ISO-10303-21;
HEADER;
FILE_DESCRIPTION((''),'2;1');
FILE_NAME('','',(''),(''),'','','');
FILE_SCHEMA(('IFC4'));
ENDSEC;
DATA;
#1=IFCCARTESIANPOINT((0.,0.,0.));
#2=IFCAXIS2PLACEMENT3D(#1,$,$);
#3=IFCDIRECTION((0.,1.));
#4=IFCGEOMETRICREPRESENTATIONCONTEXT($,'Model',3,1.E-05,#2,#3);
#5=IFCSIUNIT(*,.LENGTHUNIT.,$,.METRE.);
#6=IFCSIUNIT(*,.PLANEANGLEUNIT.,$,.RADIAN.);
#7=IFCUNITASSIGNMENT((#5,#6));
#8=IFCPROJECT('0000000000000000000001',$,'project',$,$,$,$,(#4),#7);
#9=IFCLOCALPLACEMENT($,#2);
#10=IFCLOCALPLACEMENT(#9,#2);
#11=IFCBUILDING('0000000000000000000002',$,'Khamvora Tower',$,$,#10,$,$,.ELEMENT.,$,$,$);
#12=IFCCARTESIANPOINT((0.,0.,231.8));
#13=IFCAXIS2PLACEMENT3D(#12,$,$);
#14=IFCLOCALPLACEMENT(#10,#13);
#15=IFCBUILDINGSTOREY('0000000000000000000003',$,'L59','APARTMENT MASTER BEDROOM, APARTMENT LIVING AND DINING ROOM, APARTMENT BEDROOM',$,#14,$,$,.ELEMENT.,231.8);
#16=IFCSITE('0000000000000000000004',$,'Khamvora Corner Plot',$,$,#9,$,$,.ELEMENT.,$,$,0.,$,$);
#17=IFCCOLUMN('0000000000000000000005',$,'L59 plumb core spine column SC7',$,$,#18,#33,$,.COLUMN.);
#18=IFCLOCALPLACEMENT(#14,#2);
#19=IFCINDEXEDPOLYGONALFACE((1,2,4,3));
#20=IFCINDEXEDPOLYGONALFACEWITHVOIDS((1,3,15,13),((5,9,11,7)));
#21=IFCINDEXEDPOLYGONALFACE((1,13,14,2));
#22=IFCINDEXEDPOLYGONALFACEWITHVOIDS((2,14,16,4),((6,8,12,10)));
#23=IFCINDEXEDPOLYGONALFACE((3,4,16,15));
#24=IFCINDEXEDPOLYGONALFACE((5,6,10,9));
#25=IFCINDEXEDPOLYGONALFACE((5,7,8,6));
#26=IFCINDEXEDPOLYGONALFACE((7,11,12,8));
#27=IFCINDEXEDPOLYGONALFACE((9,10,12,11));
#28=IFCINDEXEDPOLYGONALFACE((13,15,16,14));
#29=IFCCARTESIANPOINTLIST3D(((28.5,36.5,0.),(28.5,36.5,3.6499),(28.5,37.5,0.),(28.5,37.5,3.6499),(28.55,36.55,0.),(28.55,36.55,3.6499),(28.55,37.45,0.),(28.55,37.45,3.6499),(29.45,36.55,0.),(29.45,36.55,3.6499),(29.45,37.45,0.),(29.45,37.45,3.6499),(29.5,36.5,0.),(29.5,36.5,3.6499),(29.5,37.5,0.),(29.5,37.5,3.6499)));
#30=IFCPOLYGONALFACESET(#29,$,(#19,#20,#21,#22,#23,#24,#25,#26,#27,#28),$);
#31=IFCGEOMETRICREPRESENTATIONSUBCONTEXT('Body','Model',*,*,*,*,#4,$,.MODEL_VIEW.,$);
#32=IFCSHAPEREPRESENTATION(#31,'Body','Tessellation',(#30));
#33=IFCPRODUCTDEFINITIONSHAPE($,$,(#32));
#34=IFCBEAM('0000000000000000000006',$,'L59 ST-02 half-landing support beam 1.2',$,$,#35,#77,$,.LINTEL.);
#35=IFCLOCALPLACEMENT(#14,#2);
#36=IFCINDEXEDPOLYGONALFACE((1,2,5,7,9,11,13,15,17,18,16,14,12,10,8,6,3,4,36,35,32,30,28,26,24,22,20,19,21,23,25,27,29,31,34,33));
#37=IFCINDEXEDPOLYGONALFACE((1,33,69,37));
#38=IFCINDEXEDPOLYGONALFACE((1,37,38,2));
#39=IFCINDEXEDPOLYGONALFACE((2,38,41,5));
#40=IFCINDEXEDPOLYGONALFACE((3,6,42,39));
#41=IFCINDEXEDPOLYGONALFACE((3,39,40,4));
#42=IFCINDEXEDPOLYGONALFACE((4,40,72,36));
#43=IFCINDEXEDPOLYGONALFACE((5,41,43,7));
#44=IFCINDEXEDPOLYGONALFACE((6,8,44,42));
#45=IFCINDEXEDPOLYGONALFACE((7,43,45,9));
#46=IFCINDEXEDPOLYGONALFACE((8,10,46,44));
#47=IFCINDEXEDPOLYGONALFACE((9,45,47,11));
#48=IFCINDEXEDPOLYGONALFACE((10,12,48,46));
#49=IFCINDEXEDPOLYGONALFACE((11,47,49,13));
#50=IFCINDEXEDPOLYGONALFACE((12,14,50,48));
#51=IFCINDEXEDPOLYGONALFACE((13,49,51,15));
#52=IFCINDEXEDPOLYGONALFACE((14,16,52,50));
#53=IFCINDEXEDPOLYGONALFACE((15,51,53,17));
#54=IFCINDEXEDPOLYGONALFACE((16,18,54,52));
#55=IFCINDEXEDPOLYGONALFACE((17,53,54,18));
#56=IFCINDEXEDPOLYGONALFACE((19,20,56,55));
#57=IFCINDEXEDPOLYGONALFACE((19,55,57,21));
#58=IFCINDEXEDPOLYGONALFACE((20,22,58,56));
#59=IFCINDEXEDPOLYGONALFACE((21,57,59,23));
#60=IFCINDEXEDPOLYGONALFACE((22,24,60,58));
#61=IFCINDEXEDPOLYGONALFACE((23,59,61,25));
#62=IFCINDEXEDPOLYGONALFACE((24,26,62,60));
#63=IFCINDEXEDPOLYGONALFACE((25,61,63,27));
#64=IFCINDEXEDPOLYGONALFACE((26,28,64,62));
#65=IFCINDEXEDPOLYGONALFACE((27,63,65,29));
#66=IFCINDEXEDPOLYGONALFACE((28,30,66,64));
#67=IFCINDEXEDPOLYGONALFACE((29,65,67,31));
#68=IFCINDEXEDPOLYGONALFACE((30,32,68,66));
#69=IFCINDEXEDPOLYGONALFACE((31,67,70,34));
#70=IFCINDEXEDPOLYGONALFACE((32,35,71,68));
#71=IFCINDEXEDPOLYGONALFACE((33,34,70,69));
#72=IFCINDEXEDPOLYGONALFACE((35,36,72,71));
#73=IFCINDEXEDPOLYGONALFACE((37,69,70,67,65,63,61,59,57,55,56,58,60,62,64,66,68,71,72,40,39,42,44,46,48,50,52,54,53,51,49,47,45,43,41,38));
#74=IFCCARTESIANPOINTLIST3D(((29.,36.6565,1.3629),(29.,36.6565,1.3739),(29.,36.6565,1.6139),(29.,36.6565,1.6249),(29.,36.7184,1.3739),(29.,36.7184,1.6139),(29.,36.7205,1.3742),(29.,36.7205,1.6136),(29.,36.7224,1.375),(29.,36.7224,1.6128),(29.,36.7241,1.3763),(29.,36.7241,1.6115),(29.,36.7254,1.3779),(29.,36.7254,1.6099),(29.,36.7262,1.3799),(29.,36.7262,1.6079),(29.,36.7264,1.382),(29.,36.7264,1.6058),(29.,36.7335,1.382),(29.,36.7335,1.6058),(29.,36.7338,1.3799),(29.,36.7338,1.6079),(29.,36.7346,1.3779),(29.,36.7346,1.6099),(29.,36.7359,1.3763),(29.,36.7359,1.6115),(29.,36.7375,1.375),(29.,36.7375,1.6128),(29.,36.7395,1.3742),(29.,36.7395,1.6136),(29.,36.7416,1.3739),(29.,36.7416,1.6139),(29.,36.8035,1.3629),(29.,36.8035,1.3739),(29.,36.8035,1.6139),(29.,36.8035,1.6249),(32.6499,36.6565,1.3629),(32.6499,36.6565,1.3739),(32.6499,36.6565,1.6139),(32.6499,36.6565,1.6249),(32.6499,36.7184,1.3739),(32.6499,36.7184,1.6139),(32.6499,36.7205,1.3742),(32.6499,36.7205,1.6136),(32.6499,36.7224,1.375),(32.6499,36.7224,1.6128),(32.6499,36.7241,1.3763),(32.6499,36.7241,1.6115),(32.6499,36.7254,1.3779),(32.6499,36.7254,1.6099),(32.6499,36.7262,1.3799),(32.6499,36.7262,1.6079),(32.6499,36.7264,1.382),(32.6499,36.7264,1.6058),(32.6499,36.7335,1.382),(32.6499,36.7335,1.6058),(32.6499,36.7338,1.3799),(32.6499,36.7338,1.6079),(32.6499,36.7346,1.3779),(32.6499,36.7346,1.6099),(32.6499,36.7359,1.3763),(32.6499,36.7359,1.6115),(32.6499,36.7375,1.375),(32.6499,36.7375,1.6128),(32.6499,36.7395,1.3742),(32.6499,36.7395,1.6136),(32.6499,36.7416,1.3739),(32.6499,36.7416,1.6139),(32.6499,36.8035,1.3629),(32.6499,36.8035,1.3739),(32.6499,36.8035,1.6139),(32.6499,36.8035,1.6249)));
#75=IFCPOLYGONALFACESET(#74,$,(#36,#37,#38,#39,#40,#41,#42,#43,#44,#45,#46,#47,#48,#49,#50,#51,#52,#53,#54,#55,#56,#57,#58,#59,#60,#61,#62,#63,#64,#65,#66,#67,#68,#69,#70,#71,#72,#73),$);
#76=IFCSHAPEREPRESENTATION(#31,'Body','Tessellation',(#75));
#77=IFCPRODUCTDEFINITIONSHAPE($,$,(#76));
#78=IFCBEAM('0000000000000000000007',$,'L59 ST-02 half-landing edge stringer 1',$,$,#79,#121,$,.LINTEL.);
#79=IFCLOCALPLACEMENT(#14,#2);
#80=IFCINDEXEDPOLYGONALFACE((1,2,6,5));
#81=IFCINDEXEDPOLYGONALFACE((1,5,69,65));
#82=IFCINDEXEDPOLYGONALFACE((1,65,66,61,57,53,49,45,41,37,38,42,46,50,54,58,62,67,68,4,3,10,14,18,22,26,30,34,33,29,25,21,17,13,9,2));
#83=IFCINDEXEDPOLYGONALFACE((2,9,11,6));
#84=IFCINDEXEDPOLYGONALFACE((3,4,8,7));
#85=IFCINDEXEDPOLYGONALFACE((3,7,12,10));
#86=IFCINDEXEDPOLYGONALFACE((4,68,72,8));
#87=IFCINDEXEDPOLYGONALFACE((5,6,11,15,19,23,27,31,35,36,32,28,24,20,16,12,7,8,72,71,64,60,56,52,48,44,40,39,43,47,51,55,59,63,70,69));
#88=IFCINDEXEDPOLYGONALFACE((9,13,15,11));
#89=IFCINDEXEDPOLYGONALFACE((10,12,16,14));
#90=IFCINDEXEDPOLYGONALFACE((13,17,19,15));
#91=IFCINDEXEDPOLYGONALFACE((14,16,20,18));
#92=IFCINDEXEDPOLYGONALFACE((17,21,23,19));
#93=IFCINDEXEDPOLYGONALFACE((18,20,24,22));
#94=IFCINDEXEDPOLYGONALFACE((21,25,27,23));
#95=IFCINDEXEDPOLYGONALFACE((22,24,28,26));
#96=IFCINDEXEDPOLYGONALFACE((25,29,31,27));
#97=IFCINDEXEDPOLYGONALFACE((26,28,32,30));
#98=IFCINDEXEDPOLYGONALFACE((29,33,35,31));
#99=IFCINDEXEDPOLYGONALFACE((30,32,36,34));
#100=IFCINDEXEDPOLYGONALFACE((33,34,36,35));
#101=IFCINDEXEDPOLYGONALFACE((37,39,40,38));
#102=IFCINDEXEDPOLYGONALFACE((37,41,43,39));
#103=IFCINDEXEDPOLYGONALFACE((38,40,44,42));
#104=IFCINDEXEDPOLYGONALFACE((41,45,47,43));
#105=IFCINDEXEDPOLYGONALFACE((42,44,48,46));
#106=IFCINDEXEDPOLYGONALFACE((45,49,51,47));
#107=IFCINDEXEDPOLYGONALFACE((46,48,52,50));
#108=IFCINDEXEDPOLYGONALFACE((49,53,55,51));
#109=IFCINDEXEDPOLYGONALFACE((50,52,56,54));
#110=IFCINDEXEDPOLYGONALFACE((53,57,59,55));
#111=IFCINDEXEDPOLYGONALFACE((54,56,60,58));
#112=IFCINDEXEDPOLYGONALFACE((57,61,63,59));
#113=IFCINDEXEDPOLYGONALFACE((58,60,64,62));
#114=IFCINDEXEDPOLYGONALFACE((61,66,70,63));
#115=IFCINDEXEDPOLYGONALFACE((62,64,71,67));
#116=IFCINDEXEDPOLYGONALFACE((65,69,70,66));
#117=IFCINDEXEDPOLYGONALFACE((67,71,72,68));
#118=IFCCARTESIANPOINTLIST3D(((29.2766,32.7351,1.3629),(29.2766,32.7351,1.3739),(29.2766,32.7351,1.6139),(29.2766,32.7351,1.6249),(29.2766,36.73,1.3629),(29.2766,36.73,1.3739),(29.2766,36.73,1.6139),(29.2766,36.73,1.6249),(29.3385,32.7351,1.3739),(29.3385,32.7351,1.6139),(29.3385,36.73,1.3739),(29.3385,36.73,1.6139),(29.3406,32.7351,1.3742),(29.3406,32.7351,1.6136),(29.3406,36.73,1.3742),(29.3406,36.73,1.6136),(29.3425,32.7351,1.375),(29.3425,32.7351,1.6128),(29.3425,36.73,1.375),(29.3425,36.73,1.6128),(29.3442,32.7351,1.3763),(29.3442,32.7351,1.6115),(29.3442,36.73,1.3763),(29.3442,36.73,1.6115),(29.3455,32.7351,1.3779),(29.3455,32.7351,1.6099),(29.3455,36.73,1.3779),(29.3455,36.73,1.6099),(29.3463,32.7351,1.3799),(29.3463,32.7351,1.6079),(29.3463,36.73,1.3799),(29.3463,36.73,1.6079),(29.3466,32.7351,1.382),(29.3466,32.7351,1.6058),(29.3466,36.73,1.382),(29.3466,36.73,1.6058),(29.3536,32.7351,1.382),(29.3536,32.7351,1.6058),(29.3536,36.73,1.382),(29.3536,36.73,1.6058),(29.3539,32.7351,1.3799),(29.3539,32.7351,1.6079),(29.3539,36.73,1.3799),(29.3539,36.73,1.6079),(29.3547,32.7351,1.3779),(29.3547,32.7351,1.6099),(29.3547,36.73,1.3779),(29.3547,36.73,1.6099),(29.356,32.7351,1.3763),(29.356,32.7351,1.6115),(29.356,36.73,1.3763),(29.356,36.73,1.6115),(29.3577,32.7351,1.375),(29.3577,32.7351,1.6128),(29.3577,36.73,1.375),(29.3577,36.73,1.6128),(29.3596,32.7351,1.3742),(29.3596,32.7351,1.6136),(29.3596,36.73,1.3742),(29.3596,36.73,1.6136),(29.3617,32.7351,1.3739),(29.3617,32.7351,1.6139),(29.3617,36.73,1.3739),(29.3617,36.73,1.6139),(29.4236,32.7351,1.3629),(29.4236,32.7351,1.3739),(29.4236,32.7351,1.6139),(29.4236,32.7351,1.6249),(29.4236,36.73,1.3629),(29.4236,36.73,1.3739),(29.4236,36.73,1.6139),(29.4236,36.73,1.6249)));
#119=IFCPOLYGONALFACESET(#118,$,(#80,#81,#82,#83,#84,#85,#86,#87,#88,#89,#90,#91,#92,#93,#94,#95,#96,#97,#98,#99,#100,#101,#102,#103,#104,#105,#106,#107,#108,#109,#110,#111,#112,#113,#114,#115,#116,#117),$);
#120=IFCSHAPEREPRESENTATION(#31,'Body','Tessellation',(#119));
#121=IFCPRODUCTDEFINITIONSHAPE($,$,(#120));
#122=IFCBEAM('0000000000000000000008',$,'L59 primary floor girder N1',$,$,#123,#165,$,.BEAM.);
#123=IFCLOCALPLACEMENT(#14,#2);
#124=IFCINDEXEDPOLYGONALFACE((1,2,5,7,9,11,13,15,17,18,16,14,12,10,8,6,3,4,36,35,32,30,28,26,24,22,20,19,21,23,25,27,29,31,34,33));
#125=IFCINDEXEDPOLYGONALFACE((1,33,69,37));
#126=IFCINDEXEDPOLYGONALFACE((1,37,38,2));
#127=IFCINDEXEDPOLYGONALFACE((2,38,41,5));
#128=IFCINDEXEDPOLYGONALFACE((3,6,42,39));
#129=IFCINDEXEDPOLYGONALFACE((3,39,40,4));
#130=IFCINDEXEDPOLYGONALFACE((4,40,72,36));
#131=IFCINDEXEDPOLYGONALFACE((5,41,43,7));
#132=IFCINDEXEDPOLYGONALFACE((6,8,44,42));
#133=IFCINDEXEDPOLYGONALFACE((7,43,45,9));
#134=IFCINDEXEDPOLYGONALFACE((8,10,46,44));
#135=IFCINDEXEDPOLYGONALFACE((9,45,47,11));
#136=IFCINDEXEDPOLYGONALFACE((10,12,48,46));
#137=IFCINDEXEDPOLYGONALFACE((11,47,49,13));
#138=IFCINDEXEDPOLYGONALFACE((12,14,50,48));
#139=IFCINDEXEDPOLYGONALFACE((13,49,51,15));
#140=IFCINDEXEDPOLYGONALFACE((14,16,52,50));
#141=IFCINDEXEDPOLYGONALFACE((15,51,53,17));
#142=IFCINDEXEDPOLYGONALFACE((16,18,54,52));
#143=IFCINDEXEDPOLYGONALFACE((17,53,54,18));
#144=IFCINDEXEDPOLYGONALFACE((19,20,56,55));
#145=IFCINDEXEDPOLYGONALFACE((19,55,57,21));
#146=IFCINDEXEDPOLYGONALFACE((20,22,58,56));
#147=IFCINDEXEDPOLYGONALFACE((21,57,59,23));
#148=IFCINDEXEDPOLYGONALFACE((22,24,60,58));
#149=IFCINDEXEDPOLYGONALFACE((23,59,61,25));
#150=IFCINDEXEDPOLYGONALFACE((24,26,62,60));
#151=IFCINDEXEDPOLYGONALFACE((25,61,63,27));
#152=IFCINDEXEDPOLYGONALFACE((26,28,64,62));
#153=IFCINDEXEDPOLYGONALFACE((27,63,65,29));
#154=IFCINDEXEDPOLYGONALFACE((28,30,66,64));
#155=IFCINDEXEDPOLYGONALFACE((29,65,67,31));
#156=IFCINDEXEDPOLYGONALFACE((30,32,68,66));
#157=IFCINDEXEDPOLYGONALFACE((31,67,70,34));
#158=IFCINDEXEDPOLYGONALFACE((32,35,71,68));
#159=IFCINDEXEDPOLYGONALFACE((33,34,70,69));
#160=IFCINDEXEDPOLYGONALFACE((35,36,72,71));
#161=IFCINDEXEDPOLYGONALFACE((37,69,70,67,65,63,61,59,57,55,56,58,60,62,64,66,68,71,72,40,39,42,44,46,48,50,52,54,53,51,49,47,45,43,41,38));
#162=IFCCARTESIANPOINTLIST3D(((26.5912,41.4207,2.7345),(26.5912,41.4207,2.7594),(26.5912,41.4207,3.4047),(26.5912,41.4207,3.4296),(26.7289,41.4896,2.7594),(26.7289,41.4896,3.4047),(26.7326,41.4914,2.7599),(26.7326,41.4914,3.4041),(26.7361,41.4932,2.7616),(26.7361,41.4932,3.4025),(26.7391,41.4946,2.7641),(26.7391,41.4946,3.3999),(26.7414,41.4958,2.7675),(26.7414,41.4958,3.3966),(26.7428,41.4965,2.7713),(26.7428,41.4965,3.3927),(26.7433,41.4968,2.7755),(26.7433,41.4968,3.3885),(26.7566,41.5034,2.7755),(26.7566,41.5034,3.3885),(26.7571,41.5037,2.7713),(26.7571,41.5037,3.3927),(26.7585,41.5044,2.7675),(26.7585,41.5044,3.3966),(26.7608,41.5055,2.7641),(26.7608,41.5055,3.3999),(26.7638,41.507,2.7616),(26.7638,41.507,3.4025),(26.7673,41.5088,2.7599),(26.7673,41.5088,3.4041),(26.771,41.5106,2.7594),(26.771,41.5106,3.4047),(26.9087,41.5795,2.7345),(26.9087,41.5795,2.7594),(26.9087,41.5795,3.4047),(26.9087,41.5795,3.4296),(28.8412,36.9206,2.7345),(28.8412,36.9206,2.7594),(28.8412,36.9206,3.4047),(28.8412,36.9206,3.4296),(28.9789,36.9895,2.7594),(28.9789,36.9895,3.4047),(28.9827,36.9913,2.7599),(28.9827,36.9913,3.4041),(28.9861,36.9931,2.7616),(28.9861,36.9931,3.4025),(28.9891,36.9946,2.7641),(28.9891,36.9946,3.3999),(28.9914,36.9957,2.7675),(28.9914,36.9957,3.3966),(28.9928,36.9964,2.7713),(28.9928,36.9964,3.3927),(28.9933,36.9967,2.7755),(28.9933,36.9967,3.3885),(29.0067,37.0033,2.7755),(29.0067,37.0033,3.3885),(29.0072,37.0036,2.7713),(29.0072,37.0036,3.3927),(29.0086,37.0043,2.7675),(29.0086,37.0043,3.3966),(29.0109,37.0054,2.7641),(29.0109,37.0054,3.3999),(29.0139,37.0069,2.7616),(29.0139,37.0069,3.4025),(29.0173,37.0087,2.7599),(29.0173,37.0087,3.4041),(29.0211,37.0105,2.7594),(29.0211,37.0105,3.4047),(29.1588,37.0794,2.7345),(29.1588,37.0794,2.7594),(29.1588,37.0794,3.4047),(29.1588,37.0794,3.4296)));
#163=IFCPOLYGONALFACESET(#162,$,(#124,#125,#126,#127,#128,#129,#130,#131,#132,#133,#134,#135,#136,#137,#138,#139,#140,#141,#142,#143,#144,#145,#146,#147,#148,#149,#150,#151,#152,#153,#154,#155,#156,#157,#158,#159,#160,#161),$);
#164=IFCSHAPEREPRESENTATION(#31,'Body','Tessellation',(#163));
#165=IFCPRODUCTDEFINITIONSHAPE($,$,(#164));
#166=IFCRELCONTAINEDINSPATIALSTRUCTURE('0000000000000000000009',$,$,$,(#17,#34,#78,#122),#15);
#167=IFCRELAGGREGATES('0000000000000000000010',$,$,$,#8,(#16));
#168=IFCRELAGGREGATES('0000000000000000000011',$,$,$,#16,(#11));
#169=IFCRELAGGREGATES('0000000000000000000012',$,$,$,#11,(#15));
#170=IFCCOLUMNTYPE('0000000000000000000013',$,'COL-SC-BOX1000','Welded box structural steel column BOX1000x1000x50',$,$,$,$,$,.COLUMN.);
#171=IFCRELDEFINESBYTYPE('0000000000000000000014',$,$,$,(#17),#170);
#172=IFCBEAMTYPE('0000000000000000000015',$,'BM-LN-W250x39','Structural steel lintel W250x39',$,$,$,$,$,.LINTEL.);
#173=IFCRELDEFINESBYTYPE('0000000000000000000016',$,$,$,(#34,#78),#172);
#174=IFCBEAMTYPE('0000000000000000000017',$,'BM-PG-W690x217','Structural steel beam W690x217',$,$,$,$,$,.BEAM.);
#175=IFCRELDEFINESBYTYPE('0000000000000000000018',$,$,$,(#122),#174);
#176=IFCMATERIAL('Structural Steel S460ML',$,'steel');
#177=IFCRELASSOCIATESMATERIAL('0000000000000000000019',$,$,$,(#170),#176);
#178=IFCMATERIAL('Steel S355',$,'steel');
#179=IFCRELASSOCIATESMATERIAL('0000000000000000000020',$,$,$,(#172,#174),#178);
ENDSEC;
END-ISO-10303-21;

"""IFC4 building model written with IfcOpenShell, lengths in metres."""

from ifc_helpers import new_model, si_unit, direction, frame, origin, origin_2d, place, context, subcontext, project, spatial, hollow_rectangle, i_section, extrude, material, material_profile, profile_set, type_object, element, save


model = new_model("IFC4")

# Units and contexts
model_context = context("Model", 3, precision=1e-05, world=origin(), true_north=direction((0.0, 1.0)))
body_context = subcontext(model_context, "Body", "Model", "MODEL_VIEW")
ifc_project = project(units=[si_unit("LENGTHUNIT", "METRE"), si_unit("PLANEANGLEUNIT", "RADIAN")], contexts=[model_context])

# Site, building, storey
site_placement = place(None, origin())
site = spatial("IfcSite", under=ifc_project, at=site_placement, Name="Khamvora Corner Plot", CompositionType="ELEMENT", RefElevation=0.0)
building_placement = place(site_placement, origin())
building = spatial("IfcBuilding", under=site, at=building_placement, Name="Khamvora Tower", CompositionType="ELEMENT")
storey_placement = place(building_placement, frame((0.0, 0.0, 231.8)))
storey = spatial("IfcBuildingStorey", under=building, at=storey_placement, Name="L59", Description="APARTMENT MASTER BEDROOM, APARTMENT LIVING AND DINING ROOM, APARTMENT BEDROOM", CompositionType="ELEMENT", Elevation=231.8)

# Column
ifc_material_1 = material(Name="Structural Steel S460ML", Category="steel")
ifc_material_profile_1 = material_profile(ifc_material_1, hollow_rectangle(XDim=1.0, YDim=1.0, WallThickness=0.05, at=origin_2d()), Name="BOX1000x1000x50")
ifc_profile_set_1 = profile_set([ifc_material_profile_1], Name="Structural Steel S460ML")
column_type = type_object("IfcColumnType", Name="COL-SC-BOX1000", Description="Welded box structural steel column BOX1000x1000x50", PredefinedType="COLUMN", material=ifc_profile_set_1)
column_placement = place(storey_placement, frame((29.0, 37.0, 0.0), z_axis=(0.0, 0.0, 1.0), x_axis=(1.0, 0.0, 0.0)))
element("IfcColumn", 1, at=column_placement, inside=storey, type_object=column_type, Name="L59 plumb core spine column SC7", PredefinedType="COLUMN", context=body_context, shape_type="SweptSolid", body=[
    extrude(hollow_rectangle(XDim=1.0, YDim=1.0, WallThickness=0.05, at=origin_2d()), origin(), (0.0, 0.0, 1.0), 3.6499),
])

# Beams
ifc_material_2 = material(Name="Steel S355", Category="steel")
ifc_material_profile_2 = material_profile(ifc_material_2, i_section(OverallWidth=0.147, OverallDepth=0.262, WebThickness=0.0071, FlangeThickness=0.011, FilletRadius=0.0081, at=origin_2d()), Name="W250x39")
ifc_profile_set_2 = profile_set([ifc_material_profile_2], Name="Steel S355")
beam_type_1 = type_object("IfcBeamType", Name="BM-LN-W250x39", Description="Structural steel lintel W250x39", PredefinedType="LINTEL", material=ifc_profile_set_2)
beam_1_placement = place(storey_placement, frame((29.0, 36.73, 1.4939), z_axis=(1.0, 0.0, 0.0), x_axis=(0.0, 1.0, 0.0)))
element("IfcBeam", 2, at=beam_1_placement, inside=storey, type_object=beam_type_1, Name="L59 ST-02 half-landing support beam 1.2", PredefinedType="LINTEL", context=body_context, shape_type="SweptSolid", body=[
    extrude(i_section(OverallWidth=0.147, OverallDepth=0.262, WebThickness=0.0071, FlangeThickness=0.011, FilletRadius=0.0081, at=origin_2d()), origin(), (0.0, 0.0, 1.0), 3.6499),
])
beam_2_placement = place(storey_placement, frame((29.3501, 32.7351, 1.4939), z_axis=(0.0, 1.0, 0.0), x_axis=(-1.0, 0.0, 0.0)))
element("IfcBeam", 3, at=beam_2_placement, inside=storey, type_object=beam_type_1, Name="L59 ST-02 half-landing edge stringer 1", PredefinedType="LINTEL", context=body_context, shape_type="SweptSolid", body=[
    extrude(i_section(OverallWidth=0.147, OverallDepth=0.262, WebThickness=0.0071, FlangeThickness=0.011, FilletRadius=0.0081, at=origin_2d()), origin(), (0.0, 0.0, 1.0), 3.9949),
])
ifc_material_profile_3 = material_profile(ifc_material_2, i_section(OverallWidth=0.355, OverallDepth=0.6951, WebThickness=0.0149, FlangeThickness=0.0249, FilletRadius=0.0161, at=origin_2d()), Name="W690x217")
ifc_profile_set_3 = profile_set([ifc_material_profile_3], Name="Steel S355")
beam_type_2 = type_object("IfcBeamType", Name="BM-PG-W690x217", Description="Structural steel beam W690x217", PredefinedType="BEAM", material=ifc_profile_set_3)
beam_3_placement = place(storey_placement, frame((29.0, 37.0, 3.082), z_axis=(-0.447214, 0.894427, 0.0), x_axis=(-0.894427, -0.447214, 0.0)))
element("IfcBeam", 4, at=beam_3_placement, inside=storey, type_object=beam_type_2, Name="L59 primary floor girder N1", PredefinedType="BEAM", context=body_context, shape_type="SweptSolid", body=[
    extrude(i_section(OverallWidth=0.355, OverallDepth=0.6951, WebThickness=0.0149, FlangeThickness=0.0249, FilletRadius=0.0161, at=origin_2d()), origin(), (0.0, 0.0, 1.0), 5.0312),
])

save(model, "model.ifc")
